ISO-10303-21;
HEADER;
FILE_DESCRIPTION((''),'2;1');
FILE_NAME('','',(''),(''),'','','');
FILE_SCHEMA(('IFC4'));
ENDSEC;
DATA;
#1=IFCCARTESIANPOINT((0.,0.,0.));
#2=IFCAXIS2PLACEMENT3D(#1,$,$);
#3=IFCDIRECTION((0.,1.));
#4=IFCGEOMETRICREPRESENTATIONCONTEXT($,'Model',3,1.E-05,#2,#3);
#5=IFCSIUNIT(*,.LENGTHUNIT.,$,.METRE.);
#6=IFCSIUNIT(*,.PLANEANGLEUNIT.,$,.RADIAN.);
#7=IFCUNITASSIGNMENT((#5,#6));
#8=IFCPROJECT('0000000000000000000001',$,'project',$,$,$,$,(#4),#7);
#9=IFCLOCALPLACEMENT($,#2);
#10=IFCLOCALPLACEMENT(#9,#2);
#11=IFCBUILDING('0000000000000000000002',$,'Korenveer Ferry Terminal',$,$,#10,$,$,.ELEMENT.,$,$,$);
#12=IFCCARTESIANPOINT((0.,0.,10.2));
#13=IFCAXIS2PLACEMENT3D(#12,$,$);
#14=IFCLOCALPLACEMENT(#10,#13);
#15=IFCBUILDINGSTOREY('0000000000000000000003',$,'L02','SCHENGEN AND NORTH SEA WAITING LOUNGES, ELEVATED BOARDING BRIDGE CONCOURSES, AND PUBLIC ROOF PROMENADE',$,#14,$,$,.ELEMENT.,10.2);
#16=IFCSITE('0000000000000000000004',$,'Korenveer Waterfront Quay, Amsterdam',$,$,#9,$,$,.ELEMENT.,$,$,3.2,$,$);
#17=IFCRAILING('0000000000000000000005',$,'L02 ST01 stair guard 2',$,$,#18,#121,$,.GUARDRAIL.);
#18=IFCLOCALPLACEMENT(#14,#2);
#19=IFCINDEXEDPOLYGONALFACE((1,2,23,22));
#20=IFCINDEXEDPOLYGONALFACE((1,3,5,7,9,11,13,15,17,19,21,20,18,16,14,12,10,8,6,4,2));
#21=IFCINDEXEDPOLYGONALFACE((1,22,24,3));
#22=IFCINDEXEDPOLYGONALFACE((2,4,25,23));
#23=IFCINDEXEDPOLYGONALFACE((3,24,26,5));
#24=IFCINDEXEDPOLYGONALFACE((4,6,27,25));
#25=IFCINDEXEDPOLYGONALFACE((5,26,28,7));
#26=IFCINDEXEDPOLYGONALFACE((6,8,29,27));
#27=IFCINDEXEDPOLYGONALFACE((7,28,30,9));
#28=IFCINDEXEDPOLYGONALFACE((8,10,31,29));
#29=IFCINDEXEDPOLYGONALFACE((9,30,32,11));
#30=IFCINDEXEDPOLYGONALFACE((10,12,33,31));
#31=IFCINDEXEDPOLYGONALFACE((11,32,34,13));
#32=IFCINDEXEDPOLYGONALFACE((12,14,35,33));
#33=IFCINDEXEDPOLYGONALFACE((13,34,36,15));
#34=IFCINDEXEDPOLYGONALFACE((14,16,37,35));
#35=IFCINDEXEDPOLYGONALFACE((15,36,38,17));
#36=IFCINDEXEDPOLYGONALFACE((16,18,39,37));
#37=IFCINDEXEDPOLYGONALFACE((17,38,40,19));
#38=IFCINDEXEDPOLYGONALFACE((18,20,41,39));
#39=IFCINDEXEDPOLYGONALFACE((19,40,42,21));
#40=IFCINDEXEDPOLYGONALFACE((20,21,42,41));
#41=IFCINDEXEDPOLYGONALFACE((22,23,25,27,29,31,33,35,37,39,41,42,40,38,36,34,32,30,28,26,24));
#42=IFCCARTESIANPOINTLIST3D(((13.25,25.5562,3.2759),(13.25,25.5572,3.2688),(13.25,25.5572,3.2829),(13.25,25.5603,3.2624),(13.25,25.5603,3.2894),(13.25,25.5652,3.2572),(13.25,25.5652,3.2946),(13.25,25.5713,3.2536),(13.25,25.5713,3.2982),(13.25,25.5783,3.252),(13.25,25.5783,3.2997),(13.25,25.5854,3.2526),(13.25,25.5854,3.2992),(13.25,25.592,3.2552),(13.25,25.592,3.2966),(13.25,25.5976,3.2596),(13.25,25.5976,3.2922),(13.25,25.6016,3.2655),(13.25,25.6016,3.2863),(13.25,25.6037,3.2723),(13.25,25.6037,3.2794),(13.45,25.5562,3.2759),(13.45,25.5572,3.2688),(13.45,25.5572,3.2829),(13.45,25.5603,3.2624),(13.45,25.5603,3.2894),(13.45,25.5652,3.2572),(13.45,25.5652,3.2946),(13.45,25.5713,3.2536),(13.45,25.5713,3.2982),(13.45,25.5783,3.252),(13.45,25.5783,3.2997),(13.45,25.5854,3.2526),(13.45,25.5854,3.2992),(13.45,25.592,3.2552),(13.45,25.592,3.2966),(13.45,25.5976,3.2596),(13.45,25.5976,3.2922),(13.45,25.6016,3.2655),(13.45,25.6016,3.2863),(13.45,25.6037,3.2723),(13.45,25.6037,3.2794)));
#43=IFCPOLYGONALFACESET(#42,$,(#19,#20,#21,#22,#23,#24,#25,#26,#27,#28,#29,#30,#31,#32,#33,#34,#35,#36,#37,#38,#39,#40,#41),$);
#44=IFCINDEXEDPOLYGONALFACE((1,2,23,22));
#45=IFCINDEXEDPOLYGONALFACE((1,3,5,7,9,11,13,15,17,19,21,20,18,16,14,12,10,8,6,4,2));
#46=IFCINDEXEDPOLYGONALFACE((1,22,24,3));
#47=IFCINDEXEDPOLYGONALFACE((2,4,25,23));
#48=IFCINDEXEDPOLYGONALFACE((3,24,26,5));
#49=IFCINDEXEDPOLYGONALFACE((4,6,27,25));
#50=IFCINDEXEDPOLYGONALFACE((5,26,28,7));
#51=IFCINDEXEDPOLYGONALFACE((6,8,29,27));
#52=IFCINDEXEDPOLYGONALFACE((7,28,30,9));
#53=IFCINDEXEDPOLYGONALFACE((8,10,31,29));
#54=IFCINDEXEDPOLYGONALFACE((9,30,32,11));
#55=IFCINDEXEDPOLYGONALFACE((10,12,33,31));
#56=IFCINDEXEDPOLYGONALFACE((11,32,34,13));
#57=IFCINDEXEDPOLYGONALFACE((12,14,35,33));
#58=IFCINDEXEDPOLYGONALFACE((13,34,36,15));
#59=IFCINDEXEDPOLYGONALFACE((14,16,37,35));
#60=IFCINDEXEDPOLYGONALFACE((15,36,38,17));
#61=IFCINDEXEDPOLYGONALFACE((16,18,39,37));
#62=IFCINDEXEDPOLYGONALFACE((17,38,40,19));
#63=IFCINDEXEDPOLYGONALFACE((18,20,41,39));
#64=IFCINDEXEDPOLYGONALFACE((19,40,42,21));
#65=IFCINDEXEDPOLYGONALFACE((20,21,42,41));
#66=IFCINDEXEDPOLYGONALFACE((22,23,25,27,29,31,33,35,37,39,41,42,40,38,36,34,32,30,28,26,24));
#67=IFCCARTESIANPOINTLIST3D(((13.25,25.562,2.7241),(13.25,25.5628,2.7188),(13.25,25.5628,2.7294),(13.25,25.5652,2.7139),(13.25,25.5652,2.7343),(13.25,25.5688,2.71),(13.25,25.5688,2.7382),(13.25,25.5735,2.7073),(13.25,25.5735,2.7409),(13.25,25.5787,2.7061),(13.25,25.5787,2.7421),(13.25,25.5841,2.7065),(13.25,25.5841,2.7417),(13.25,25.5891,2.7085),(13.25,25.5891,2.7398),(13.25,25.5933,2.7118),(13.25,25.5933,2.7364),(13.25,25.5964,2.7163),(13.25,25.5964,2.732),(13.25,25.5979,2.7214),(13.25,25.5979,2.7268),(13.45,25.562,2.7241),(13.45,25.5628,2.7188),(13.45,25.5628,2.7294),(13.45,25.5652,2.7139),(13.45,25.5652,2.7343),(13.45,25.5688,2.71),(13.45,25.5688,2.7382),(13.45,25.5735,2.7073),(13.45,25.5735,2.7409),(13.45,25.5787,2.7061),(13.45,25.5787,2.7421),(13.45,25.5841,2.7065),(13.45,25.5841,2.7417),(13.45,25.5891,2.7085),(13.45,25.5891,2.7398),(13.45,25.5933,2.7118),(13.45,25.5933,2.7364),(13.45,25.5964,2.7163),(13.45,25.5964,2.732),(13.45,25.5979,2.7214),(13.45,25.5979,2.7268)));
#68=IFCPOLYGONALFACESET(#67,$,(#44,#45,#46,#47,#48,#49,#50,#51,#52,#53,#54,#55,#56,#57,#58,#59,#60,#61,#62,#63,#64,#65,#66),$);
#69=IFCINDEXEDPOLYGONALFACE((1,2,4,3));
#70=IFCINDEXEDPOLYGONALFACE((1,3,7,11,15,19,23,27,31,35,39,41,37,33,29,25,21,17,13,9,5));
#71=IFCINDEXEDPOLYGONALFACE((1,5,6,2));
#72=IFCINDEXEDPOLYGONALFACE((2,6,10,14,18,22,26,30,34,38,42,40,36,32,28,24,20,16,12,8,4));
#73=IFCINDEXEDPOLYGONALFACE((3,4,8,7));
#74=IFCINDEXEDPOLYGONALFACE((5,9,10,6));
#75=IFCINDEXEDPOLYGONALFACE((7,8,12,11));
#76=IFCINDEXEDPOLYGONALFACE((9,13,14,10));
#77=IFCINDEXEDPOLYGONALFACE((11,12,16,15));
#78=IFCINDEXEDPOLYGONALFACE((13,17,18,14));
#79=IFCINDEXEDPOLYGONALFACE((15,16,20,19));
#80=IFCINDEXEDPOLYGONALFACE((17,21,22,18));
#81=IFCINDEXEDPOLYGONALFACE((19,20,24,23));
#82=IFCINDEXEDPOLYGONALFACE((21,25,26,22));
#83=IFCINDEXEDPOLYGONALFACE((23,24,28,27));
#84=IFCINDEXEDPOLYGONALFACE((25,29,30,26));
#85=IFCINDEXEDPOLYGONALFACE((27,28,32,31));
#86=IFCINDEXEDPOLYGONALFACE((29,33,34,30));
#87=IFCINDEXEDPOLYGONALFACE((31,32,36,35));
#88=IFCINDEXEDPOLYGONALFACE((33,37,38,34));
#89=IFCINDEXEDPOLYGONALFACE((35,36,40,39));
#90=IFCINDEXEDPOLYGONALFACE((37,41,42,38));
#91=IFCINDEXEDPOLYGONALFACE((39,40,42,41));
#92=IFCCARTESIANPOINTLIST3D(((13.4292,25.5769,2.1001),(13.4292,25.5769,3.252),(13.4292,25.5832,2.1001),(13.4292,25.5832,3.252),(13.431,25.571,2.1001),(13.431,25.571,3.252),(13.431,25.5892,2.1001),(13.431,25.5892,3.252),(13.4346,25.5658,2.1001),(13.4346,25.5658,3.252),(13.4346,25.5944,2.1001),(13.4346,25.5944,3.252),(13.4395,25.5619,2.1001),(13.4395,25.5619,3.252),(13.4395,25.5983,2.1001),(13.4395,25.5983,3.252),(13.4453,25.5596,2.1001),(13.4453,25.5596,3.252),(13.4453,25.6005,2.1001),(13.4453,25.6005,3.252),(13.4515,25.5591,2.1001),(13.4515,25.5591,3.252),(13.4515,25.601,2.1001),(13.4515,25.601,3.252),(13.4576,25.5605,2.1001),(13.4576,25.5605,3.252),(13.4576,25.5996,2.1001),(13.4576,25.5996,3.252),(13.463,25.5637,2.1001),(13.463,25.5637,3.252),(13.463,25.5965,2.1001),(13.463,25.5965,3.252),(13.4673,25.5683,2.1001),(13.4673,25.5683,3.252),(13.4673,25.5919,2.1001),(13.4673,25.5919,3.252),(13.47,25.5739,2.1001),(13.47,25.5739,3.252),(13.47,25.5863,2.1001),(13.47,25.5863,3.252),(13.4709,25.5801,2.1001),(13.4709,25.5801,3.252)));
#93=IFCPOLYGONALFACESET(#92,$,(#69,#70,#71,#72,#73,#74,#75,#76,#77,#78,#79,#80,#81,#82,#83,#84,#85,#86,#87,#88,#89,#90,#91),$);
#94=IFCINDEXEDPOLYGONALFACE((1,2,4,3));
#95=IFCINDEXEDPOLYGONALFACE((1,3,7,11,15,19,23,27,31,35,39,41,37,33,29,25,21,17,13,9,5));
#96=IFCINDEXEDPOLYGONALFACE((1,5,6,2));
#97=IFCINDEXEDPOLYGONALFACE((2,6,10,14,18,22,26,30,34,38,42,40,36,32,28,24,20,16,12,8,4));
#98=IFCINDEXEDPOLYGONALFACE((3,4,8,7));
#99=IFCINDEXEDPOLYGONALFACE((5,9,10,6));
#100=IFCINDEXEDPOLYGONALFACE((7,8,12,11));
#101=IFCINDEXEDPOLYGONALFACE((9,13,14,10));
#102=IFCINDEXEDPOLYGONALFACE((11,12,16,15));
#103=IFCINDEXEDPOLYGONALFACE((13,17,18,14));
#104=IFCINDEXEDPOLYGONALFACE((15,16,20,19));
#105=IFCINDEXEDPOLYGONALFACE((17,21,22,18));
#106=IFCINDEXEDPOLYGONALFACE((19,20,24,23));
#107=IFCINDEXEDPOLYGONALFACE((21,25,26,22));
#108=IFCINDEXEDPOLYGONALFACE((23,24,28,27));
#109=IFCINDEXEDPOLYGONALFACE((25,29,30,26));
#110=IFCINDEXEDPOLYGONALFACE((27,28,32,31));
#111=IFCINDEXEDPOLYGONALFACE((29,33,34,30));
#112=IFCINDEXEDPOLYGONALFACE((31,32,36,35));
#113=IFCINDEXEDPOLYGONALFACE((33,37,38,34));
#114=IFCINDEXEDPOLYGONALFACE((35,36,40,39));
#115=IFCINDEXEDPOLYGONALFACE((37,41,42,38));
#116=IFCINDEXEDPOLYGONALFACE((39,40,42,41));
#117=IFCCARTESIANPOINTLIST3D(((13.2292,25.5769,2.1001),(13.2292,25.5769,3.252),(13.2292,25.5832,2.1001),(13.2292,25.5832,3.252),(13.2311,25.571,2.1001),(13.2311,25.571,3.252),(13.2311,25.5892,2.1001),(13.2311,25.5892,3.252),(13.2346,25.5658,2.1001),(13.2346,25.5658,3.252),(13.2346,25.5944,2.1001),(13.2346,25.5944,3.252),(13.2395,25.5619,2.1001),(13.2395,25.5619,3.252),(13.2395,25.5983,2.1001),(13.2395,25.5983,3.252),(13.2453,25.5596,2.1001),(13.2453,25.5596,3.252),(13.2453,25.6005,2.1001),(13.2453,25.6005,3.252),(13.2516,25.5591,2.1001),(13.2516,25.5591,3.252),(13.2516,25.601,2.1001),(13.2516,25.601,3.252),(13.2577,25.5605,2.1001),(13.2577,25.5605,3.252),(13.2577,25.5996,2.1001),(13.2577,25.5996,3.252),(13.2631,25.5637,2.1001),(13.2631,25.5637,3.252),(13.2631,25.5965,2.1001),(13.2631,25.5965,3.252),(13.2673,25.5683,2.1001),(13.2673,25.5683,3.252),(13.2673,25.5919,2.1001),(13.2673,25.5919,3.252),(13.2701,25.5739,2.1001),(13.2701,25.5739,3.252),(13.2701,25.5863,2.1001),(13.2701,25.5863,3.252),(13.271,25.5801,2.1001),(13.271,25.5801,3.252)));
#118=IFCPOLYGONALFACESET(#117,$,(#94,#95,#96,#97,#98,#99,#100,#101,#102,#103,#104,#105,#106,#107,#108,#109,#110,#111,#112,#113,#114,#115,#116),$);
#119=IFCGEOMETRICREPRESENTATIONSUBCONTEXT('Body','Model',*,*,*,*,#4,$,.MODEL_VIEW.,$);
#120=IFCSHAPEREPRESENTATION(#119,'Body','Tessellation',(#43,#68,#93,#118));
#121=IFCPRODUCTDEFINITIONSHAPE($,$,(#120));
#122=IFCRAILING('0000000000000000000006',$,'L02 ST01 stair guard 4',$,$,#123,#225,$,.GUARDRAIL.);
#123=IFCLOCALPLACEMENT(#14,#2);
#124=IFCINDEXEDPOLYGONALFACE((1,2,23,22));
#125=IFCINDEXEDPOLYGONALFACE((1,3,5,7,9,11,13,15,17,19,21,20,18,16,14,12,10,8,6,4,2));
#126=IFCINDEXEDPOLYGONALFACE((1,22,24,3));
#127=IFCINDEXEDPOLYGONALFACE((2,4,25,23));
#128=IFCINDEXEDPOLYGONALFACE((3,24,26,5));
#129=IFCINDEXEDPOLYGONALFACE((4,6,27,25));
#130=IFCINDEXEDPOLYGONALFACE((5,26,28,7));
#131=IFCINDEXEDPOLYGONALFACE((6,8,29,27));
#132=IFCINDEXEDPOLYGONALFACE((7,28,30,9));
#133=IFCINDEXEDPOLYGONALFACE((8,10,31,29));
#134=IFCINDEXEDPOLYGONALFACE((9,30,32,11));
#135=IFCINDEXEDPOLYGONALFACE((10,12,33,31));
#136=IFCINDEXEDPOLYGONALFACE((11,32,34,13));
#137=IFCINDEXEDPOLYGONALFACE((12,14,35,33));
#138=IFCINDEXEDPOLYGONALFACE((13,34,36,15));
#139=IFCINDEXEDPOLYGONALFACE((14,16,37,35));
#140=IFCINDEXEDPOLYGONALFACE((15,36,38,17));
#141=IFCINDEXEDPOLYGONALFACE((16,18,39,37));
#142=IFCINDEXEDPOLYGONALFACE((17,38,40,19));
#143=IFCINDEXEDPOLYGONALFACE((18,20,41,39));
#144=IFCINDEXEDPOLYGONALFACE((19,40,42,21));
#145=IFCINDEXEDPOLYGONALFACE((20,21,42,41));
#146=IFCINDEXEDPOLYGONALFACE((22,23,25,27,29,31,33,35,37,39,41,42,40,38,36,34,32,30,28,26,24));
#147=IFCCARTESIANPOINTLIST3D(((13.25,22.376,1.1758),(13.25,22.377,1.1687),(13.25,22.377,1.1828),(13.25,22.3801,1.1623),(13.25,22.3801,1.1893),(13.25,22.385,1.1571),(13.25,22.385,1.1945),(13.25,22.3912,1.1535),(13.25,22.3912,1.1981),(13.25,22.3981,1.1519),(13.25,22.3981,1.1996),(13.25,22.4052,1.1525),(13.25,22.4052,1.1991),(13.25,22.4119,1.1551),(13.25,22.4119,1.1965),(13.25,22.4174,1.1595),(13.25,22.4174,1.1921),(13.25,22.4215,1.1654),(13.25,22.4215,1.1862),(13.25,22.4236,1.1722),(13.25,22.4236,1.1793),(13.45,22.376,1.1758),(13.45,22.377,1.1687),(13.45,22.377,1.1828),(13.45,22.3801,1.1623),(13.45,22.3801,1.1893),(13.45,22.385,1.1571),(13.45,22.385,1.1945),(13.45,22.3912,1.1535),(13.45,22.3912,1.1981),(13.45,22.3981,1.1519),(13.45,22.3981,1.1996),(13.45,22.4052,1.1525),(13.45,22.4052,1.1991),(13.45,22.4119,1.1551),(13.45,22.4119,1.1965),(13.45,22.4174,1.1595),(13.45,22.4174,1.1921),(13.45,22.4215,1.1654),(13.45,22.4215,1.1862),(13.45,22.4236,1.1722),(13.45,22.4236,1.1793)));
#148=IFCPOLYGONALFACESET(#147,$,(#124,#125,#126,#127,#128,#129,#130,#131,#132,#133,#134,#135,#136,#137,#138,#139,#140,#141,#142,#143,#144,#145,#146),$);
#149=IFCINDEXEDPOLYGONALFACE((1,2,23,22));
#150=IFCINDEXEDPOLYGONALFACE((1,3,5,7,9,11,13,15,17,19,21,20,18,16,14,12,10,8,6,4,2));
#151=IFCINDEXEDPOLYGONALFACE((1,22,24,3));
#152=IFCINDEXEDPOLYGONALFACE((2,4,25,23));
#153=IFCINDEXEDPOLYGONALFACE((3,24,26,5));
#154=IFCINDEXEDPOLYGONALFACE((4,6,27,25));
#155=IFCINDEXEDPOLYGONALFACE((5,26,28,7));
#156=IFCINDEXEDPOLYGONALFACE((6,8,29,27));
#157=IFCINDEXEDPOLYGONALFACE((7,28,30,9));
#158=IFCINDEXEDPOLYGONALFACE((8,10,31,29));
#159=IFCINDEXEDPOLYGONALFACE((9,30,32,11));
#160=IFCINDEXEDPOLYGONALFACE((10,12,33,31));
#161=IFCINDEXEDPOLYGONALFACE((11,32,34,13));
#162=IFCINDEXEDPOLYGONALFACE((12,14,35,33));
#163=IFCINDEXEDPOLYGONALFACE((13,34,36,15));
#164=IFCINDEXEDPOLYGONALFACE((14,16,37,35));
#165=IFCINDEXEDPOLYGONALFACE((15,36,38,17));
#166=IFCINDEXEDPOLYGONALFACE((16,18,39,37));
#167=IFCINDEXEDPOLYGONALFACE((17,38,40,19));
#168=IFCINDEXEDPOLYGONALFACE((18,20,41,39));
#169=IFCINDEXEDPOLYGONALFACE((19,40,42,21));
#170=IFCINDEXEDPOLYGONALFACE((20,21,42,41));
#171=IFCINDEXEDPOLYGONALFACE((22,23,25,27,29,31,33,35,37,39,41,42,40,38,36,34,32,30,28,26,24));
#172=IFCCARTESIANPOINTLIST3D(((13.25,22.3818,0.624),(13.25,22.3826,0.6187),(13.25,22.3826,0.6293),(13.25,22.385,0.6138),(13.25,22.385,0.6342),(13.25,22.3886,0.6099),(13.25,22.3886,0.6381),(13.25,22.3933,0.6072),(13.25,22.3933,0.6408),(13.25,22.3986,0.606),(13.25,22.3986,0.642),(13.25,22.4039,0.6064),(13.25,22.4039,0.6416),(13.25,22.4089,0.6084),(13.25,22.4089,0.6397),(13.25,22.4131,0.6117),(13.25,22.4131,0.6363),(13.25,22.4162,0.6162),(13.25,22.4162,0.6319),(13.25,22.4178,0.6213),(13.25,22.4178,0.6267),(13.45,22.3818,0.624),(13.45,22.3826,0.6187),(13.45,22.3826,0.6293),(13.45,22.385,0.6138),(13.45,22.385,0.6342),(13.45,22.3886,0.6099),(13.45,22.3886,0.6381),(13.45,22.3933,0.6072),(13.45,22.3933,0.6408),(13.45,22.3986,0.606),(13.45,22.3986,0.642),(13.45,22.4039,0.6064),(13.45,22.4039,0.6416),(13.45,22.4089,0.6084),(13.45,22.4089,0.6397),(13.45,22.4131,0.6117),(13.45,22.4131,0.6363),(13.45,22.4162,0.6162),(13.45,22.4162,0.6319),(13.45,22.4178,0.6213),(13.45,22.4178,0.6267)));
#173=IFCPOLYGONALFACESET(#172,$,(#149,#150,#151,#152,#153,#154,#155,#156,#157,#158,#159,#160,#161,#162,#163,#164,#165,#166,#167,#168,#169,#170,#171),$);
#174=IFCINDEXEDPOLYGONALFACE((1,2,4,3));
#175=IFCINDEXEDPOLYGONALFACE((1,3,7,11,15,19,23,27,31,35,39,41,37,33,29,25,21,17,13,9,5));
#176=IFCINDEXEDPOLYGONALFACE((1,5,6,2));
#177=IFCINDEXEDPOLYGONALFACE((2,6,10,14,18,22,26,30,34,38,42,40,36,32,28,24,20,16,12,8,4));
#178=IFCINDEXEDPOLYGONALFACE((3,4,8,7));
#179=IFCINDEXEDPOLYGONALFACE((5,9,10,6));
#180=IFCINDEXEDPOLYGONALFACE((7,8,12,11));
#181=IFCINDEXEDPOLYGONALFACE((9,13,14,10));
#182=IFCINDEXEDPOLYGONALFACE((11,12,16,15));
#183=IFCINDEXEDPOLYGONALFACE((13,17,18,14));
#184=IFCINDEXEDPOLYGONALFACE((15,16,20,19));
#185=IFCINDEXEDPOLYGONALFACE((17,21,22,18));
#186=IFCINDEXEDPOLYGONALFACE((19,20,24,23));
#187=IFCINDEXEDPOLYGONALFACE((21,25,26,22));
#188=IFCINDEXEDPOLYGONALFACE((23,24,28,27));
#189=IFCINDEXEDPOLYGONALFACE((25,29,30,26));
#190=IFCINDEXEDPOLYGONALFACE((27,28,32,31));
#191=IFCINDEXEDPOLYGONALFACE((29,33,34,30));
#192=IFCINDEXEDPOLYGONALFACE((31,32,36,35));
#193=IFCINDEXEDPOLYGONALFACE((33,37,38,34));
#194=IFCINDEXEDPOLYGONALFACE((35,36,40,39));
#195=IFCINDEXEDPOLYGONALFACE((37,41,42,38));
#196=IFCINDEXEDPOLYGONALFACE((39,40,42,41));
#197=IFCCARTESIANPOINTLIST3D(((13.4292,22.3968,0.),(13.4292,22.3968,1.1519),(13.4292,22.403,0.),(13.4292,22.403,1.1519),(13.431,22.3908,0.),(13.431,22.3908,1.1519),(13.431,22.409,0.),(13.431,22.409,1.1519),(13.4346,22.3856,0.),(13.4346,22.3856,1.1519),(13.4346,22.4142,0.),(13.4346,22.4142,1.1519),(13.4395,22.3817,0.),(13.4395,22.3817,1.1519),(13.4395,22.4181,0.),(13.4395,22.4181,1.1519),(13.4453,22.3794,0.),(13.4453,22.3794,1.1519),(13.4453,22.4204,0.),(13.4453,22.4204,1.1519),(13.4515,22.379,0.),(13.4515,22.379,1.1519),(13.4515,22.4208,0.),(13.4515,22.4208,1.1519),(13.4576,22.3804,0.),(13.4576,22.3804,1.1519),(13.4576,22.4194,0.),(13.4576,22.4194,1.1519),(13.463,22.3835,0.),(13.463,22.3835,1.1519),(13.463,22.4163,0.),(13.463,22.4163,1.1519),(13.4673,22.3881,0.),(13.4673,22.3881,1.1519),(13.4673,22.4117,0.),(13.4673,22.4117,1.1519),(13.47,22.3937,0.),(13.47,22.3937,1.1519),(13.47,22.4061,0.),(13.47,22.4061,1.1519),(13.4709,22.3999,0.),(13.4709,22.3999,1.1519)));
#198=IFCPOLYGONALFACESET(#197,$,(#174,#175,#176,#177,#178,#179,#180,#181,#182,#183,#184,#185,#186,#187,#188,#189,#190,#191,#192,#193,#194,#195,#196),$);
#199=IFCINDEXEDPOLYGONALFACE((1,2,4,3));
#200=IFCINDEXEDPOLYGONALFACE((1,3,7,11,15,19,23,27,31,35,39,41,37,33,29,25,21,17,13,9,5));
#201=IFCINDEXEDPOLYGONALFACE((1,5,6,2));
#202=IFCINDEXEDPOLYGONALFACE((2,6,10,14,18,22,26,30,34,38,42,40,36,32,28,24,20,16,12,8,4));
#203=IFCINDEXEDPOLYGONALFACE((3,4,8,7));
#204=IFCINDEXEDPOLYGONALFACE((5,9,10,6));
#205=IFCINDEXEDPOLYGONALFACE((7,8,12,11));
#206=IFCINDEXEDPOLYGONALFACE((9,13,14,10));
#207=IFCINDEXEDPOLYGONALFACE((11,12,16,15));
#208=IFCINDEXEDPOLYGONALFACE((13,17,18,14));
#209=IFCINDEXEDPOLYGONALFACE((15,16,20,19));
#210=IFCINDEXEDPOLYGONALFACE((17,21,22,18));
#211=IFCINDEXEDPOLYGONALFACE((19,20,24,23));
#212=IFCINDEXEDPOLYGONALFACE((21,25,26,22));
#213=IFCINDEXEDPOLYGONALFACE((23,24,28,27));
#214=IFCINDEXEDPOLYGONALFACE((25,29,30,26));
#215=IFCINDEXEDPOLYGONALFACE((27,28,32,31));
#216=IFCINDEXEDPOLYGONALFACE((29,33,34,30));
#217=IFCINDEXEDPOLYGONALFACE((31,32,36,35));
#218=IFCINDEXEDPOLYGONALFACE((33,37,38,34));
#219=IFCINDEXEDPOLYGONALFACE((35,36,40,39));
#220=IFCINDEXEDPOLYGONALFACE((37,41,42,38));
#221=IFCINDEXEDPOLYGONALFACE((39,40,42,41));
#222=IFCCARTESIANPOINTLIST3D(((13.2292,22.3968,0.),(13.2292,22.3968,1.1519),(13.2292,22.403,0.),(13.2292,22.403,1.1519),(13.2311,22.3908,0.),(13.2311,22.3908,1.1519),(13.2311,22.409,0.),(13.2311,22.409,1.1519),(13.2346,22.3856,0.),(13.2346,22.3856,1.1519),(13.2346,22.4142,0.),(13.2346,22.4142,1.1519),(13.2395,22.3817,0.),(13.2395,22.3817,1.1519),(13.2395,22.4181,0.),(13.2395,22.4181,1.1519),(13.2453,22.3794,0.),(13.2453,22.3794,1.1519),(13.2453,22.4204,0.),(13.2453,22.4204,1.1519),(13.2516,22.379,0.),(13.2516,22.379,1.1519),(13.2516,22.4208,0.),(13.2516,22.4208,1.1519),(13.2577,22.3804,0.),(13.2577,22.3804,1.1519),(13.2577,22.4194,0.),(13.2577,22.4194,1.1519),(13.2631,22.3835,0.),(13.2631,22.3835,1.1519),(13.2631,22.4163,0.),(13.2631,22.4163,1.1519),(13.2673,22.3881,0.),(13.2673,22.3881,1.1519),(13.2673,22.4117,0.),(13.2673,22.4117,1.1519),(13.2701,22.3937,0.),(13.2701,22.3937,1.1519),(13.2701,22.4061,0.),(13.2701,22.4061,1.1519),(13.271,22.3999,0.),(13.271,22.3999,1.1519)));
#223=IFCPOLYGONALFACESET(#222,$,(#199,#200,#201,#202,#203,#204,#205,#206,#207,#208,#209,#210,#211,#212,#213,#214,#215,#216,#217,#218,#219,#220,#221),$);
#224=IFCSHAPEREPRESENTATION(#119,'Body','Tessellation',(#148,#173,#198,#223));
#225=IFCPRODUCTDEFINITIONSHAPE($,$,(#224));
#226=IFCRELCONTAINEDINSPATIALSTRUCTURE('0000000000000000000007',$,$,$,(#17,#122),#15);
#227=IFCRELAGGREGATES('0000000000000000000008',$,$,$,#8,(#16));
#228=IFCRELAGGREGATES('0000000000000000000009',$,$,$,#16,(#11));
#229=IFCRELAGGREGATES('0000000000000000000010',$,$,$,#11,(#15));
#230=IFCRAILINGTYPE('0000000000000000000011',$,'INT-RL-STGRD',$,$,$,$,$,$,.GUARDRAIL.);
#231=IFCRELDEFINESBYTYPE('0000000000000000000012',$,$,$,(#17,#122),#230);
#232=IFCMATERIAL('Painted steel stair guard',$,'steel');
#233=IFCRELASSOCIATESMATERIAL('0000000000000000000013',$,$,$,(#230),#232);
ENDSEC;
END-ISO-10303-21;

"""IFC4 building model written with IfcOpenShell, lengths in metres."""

from ifc_helpers import new_model, si_unit, direction, frame, origin, origin_2d, place, context, subcontext, project, spatial, circle, extrude, material, type_object, element, save


model = new_model("IFC4")

# Units and contexts
model_context = context("Model", 3, precision=1e-05, world=origin(), true_north=direction((0.0, 1.0)))
body_context = subcontext(model_context, "Body", "Model", "MODEL_VIEW")
ifc_project = project(units=[si_unit("LENGTHUNIT", "METRE"), si_unit("PLANEANGLEUNIT", "RADIAN")], contexts=[model_context])

# Site, building, storey
site_placement = place(None, origin())
site = spatial("IfcSite", under=ifc_project, at=site_placement, Name="Korenveer Waterfront Quay, Amsterdam", CompositionType="ELEMENT", RefElevation=3.2)
building_placement = place(site_placement, origin())
building = spatial("IfcBuilding", under=site, at=building_placement, Name="Korenveer Ferry Terminal", CompositionType="ELEMENT")
storey_placement = place(building_placement, frame((0.0, 0.0, 10.2)))
storey = spatial("IfcBuildingStorey", under=building, at=storey_placement, Name="L02", Description="SCHENGEN AND NORTH SEA WAITING LOUNGES, ELEVATED BOARDING BRIDGE CONCOURSES, AND PUBLIC ROOF PROMENADE", CompositionType="ELEMENT", Elevation=10.2)

# Railings
ifc_material_1 = material(Name="Painted steel stair guard", Category="steel")
railing_type_1 = type_object("IfcRailingType", Name="INT-RL-STGRD", PredefinedType="GUARDRAIL", material=ifc_material_1)
for number, where, name in (
    (1, (13.45, 25.5801, 2.1001), "L02 ST01 stair guard 2"),
    (2, (13.45, 22.3999, 0.0), "L02 ST01 stair guard 4"),
):
    element("IfcRailing", number, at=place(storey_placement, frame(where)), inside=storey, type_object=railing_type_1, Name=name, PredefinedType="GUARDRAIL", context=body_context, shape_type="SweptSolid", body=[
        extrude(circle(Radius=0.0239, at=origin_2d()), frame((0.0, 0.0, 1.1758), z_axis=(-1.0, 0.0, 0.0), x_axis=(0.0, -1.0, 0.0)), (0.0, 0.0, 1.0), 0.2),
        extrude(circle(Radius=0.0181, at=origin_2d()), frame((0.0, 0.0, 0.624), z_axis=(-1.0, 0.0, 0.0), x_axis=(0.0, -1.0, 0.0)), (0.0, 0.0, 1.0), 0.2),
        extrude(circle(Radius=0.021, at=origin_2d()), origin(), (0.0, 0.0, 1.0), 1.1519),
        extrude(circle(Radius=0.021, at=origin_2d()), frame((-0.2, 0.0, 0.0)), (0.0, 0.0, 1.0), 1.1519),
    ])

save(model, "model.ifc")
